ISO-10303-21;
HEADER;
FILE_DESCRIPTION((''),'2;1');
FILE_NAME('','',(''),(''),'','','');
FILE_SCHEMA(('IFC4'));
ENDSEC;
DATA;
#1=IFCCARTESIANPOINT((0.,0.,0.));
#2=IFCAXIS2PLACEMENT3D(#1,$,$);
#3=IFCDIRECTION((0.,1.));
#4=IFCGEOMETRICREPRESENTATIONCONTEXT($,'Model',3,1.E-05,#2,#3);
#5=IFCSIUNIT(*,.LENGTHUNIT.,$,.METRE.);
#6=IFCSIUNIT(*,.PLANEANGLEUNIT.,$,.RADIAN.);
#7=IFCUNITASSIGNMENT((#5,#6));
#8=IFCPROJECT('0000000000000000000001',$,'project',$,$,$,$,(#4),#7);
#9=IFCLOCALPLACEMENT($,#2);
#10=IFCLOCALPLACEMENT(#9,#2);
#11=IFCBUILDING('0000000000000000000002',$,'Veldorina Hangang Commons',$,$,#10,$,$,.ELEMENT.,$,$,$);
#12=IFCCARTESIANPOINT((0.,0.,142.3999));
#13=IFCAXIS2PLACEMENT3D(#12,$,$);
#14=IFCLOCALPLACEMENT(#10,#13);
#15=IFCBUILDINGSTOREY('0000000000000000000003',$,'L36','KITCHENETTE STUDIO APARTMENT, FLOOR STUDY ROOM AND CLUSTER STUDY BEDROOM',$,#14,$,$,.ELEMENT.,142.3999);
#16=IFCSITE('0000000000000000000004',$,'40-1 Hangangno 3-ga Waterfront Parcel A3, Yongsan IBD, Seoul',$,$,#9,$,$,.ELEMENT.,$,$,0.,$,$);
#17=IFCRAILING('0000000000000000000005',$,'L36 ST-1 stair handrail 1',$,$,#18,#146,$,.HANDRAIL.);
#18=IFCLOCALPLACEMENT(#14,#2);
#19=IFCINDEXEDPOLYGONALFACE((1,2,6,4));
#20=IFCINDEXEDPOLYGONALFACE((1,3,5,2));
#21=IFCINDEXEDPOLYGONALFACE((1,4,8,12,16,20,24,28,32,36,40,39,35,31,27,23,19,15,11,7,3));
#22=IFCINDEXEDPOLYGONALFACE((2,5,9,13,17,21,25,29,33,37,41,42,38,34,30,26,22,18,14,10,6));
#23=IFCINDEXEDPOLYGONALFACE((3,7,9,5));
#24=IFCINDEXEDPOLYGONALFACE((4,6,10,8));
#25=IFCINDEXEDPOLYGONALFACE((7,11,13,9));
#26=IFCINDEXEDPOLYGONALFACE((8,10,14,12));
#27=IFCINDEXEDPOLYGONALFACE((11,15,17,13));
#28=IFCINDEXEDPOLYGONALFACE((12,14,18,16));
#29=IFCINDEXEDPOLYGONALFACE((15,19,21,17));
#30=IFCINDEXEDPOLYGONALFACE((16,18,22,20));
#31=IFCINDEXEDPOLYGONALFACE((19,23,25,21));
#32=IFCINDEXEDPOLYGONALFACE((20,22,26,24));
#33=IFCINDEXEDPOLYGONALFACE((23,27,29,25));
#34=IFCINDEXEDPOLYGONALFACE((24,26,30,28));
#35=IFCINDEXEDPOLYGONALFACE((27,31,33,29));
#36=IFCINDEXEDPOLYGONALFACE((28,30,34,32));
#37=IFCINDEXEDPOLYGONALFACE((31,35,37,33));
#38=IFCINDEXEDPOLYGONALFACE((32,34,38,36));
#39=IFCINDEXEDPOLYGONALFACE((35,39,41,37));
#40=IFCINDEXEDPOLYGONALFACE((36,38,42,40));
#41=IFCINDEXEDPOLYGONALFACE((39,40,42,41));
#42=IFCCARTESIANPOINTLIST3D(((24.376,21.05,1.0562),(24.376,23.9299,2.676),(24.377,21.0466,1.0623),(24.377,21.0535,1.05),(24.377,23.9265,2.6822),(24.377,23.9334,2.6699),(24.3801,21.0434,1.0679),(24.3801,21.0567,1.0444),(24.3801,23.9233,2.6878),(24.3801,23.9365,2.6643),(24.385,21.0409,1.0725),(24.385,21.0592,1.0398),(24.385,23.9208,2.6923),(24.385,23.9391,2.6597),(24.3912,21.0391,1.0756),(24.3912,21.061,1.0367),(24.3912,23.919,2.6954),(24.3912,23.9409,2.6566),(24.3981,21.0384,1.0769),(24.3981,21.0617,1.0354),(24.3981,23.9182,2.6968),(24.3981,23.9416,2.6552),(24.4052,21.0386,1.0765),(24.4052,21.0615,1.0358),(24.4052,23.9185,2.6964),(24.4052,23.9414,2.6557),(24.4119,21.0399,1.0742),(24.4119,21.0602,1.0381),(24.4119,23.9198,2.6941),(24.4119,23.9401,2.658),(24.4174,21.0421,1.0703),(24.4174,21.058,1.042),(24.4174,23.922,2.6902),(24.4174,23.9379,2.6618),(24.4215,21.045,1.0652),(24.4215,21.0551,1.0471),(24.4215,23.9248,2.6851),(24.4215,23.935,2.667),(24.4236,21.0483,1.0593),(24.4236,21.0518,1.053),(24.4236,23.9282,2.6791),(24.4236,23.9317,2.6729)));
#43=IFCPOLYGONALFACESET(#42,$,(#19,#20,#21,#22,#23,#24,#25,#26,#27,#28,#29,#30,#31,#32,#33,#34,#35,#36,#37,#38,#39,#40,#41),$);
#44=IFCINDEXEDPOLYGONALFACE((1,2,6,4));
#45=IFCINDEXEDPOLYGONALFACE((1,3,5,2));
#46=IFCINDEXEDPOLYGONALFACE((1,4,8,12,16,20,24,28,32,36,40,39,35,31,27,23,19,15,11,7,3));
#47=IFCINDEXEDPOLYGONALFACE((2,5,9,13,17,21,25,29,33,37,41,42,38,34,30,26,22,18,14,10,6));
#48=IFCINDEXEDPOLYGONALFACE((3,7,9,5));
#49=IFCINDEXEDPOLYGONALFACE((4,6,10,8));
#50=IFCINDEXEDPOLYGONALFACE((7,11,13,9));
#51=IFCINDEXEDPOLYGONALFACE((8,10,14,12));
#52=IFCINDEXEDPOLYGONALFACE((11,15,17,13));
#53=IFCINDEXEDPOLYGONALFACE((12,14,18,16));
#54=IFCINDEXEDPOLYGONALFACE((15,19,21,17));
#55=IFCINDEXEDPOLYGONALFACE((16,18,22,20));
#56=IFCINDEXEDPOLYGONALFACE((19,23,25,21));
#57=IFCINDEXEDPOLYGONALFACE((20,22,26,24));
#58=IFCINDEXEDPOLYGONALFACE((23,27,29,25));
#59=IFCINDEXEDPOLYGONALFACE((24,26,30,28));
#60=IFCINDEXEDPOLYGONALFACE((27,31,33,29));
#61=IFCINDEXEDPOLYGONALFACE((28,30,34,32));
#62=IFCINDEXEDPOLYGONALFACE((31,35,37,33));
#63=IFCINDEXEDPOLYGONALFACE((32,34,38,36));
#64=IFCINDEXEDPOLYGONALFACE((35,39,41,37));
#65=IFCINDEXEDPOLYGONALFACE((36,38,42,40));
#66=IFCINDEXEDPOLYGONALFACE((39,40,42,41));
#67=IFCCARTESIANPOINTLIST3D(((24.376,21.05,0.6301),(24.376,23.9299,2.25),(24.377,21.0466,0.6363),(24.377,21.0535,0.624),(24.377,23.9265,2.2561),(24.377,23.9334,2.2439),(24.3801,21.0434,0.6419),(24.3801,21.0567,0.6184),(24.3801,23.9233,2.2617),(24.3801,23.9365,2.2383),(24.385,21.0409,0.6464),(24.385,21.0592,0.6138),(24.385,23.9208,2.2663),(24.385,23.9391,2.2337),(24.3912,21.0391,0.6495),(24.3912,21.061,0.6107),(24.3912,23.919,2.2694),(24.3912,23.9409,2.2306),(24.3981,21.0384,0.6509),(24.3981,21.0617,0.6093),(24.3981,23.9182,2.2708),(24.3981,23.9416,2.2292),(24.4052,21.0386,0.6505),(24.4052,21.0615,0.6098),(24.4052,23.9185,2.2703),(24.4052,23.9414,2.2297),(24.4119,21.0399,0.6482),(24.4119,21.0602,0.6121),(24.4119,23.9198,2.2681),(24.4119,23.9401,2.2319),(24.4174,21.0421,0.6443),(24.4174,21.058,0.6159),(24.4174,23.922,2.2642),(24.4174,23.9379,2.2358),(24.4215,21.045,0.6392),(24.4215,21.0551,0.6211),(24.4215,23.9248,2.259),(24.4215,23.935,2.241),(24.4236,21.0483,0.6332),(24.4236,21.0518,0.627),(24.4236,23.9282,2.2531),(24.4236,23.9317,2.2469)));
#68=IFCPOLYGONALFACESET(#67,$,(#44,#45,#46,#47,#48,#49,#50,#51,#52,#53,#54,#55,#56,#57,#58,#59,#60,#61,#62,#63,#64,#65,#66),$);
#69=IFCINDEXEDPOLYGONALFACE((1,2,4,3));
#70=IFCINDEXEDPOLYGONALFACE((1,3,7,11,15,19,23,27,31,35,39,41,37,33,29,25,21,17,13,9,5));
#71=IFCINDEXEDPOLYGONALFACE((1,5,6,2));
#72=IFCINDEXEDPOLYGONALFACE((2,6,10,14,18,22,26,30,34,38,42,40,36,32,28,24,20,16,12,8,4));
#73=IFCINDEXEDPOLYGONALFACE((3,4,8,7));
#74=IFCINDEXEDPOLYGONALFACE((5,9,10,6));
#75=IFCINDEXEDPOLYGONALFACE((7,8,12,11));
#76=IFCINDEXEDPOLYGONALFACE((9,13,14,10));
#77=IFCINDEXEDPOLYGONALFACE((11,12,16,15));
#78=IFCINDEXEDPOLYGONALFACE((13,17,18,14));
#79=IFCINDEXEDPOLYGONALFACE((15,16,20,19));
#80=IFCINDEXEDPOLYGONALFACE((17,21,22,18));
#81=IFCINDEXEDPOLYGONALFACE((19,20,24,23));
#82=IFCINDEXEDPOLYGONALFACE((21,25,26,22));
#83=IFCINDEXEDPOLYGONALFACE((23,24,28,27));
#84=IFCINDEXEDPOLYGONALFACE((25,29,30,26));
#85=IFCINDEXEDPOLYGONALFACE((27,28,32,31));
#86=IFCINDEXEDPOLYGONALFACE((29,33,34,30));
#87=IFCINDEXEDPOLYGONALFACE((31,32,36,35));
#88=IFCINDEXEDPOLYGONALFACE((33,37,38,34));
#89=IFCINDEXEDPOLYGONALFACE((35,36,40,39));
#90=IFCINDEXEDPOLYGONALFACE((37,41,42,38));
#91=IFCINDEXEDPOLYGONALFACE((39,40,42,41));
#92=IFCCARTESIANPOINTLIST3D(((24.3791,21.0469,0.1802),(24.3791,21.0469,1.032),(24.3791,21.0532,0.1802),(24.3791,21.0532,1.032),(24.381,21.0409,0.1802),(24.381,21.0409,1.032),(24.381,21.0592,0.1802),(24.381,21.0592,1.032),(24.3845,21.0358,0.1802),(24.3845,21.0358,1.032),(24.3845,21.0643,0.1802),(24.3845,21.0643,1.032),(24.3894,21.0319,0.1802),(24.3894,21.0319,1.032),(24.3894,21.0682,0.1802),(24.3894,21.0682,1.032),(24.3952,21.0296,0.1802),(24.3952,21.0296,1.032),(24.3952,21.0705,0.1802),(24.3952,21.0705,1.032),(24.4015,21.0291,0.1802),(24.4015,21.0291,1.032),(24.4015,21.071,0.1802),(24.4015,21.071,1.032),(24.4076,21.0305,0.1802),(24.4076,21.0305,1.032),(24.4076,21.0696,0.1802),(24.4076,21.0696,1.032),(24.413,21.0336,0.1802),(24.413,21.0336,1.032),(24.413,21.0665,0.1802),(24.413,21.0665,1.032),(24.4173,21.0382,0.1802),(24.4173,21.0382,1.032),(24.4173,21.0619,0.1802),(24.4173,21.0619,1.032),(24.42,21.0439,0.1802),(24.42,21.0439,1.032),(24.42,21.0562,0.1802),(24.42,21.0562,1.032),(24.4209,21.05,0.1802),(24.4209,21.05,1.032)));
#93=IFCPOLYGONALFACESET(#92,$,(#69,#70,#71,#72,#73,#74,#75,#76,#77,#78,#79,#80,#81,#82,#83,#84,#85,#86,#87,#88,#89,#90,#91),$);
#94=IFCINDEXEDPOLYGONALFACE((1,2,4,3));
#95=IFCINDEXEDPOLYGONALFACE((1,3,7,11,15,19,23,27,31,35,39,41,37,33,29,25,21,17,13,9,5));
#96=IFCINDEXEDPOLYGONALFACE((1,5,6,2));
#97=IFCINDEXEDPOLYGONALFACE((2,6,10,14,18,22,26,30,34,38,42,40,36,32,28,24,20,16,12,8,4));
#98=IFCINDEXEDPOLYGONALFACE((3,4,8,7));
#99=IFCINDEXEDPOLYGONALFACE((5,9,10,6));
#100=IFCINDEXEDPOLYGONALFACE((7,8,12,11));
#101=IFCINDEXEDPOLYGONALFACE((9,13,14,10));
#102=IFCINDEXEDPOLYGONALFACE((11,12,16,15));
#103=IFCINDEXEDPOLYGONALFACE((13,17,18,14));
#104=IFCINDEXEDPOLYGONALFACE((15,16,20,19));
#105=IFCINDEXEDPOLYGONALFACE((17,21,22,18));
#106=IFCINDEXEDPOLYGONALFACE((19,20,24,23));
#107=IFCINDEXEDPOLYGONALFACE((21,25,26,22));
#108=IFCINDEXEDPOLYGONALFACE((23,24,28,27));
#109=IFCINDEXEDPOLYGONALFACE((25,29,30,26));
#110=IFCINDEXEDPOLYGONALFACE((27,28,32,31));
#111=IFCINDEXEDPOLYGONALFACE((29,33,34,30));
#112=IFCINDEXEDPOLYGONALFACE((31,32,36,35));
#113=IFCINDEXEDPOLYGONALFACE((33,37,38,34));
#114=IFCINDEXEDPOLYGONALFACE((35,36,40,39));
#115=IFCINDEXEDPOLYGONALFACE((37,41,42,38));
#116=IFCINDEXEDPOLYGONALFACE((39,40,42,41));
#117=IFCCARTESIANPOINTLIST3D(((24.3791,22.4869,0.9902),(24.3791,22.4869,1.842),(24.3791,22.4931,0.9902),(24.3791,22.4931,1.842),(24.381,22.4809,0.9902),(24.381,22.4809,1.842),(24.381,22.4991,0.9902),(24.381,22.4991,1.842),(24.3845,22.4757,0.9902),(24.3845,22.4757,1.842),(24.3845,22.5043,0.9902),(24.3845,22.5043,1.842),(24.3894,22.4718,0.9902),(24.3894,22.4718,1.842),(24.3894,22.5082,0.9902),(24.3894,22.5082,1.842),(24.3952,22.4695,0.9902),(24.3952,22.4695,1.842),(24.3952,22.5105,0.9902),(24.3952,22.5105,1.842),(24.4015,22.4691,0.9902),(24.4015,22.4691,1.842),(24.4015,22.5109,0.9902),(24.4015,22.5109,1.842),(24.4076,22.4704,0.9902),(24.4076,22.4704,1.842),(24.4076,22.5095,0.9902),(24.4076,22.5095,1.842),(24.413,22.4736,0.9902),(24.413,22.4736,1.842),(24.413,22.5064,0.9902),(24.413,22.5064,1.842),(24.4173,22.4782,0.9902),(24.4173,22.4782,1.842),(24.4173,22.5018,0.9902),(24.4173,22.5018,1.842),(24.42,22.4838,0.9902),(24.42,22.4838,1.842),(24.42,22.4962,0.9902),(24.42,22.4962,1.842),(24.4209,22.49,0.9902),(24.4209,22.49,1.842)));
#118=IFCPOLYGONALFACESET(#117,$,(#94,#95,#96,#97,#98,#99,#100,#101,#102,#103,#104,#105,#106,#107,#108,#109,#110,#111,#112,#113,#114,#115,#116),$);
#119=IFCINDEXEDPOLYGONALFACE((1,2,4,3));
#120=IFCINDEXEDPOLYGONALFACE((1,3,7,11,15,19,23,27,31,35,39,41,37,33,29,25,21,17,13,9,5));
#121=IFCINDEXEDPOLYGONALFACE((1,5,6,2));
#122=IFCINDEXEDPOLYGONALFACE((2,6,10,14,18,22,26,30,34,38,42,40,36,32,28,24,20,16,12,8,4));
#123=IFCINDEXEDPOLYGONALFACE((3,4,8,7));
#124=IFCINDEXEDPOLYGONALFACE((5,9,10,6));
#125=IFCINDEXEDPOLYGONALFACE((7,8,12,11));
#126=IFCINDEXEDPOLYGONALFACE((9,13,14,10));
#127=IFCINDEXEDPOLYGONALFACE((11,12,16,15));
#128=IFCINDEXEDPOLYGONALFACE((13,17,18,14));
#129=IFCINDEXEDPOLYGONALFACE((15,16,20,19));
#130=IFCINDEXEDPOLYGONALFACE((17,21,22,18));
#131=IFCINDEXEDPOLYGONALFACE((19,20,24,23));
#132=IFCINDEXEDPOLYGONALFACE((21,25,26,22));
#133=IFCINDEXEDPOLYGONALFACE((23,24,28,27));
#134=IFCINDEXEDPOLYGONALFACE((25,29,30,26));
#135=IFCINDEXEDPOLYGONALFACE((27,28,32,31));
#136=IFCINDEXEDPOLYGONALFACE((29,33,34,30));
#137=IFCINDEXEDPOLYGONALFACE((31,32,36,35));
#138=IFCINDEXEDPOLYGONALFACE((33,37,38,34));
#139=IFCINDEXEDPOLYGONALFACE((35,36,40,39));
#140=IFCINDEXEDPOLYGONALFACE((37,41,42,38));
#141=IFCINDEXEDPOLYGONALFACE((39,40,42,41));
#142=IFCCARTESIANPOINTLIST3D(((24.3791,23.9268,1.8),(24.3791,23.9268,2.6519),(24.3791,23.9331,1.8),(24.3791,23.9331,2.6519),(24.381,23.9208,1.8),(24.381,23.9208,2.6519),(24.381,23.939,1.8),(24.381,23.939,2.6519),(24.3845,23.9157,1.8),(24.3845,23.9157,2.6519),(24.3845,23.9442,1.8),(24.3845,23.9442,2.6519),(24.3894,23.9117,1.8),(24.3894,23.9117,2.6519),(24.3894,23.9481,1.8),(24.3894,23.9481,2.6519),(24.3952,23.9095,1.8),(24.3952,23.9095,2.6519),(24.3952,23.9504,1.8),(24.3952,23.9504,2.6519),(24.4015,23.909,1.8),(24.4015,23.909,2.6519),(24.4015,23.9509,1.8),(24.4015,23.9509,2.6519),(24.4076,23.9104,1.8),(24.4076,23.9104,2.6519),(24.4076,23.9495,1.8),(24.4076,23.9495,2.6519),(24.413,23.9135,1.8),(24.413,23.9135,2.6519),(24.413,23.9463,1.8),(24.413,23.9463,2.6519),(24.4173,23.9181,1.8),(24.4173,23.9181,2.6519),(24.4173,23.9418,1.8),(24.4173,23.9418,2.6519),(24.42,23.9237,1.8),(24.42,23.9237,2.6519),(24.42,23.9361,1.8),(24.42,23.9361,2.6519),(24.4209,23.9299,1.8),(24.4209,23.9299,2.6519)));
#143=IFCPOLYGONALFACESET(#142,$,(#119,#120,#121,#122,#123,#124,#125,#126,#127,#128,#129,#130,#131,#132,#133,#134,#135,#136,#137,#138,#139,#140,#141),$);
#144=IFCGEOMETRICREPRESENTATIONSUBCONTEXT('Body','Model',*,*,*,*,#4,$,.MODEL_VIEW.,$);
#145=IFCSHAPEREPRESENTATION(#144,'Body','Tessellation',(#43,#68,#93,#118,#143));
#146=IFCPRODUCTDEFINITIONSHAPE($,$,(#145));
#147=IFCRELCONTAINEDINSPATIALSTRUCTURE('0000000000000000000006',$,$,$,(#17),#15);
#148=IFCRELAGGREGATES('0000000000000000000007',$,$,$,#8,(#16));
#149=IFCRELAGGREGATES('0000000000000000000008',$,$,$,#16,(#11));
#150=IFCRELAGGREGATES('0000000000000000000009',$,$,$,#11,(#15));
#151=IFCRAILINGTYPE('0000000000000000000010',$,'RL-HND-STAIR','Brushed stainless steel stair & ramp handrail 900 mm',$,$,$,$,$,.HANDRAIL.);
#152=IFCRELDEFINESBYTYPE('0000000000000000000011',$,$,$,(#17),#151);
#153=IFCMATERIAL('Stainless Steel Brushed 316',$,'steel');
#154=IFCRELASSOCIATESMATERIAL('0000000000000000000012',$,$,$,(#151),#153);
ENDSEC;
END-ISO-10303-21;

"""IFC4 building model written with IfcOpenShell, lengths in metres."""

from ifc_helpers import new_model, si_unit, direction, frame, origin, origin_2d, place, context, subcontext, project, spatial, circle, extrude, material, type_object, element, save


model = new_model("IFC4")

# Units and contexts
model_context = context("Model", 3, precision=1e-05, world=origin(), true_north=direction((0.0, 1.0)))
body_context = subcontext(model_context, "Body", "Model", "MODEL_VIEW")
ifc_project = project(units=[si_unit("LENGTHUNIT", "METRE"), si_unit("PLANEANGLEUNIT", "RADIAN")], contexts=[model_context])

# Site, building, storey
site_placement = place(None, origin())
site = spatial("IfcSite", under=ifc_project, at=site_placement, Name="40-1 Hangangno 3-ga Waterfront Parcel A3, Yongsan IBD, Seoul", CompositionType="ELEMENT", RefElevation=0.0)
building_placement = place(site_placement, origin())
building = spatial("IfcBuilding", under=site, at=building_placement, Name="Veldorina Hangang Commons", CompositionType="ELEMENT")
storey_placement = place(building_placement, frame((0.0, 0.0, 142.3999)))
storey = spatial("IfcBuildingStorey", under=building, at=storey_placement, Name="L36", Description="KITCHENETTE STUDIO APARTMENT, FLOOR STUDY ROOM AND CLUSTER STUDY BEDROOM", CompositionType="ELEMENT", Elevation=142.3999)

# Railing
ifc_material_1 = material(Name="Stainless Steel Brushed 316", Category="steel")
railing_type_1 = type_object("IfcRailingType", Name="RL-HND-STAIR", Description="Brushed stainless steel stair & ramp handrail 900 mm", PredefinedType="HANDRAIL", material=ifc_material_1)
railing_1_placement = place(storey_placement, frame((24.3999, 21.05, 0.1802)))
element("IfcRailing", 1, at=railing_1_placement, inside=storey, type_object=railing_type_1, Name="L36 ST-1 stair handrail 1", PredefinedType="HANDRAIL", context=body_context, shape_type="SweptSolid", body=[
    extrude(circle(Radius=0.0239, at=origin_2d()), frame((0.0, 0.0, 0.876), z_axis=(0.0, 0.871583, 0.490247), x_axis=(-1.0, 0.0, 0.0)), (0.0, 0.0, 1.0), 3.3042),
    extrude(circle(Radius=0.0239, at=origin_2d()), frame((0.0, 0.0, 0.45), z_axis=(0.0, 0.871583, 0.490247), x_axis=(-1.0, 0.0, 0.0)), (0.0, 0.0, 1.0), 3.3042),
    extrude(circle(Radius=0.021, at=origin_2d()), origin(), (0.0, 0.0, 1.0), 0.8518),
    extrude(circle(Radius=0.021, at=origin_2d()), frame((0.0, 1.4399, 0.8101)), (0.0, 0.0, 1.0), 0.8518),
    extrude(circle(Radius=0.021, at=origin_2d()), frame((0.0, 2.8799, 1.6199)), (0.0, 0.0, 1.0), 0.8518),
])

save(model, "model.ifc")
